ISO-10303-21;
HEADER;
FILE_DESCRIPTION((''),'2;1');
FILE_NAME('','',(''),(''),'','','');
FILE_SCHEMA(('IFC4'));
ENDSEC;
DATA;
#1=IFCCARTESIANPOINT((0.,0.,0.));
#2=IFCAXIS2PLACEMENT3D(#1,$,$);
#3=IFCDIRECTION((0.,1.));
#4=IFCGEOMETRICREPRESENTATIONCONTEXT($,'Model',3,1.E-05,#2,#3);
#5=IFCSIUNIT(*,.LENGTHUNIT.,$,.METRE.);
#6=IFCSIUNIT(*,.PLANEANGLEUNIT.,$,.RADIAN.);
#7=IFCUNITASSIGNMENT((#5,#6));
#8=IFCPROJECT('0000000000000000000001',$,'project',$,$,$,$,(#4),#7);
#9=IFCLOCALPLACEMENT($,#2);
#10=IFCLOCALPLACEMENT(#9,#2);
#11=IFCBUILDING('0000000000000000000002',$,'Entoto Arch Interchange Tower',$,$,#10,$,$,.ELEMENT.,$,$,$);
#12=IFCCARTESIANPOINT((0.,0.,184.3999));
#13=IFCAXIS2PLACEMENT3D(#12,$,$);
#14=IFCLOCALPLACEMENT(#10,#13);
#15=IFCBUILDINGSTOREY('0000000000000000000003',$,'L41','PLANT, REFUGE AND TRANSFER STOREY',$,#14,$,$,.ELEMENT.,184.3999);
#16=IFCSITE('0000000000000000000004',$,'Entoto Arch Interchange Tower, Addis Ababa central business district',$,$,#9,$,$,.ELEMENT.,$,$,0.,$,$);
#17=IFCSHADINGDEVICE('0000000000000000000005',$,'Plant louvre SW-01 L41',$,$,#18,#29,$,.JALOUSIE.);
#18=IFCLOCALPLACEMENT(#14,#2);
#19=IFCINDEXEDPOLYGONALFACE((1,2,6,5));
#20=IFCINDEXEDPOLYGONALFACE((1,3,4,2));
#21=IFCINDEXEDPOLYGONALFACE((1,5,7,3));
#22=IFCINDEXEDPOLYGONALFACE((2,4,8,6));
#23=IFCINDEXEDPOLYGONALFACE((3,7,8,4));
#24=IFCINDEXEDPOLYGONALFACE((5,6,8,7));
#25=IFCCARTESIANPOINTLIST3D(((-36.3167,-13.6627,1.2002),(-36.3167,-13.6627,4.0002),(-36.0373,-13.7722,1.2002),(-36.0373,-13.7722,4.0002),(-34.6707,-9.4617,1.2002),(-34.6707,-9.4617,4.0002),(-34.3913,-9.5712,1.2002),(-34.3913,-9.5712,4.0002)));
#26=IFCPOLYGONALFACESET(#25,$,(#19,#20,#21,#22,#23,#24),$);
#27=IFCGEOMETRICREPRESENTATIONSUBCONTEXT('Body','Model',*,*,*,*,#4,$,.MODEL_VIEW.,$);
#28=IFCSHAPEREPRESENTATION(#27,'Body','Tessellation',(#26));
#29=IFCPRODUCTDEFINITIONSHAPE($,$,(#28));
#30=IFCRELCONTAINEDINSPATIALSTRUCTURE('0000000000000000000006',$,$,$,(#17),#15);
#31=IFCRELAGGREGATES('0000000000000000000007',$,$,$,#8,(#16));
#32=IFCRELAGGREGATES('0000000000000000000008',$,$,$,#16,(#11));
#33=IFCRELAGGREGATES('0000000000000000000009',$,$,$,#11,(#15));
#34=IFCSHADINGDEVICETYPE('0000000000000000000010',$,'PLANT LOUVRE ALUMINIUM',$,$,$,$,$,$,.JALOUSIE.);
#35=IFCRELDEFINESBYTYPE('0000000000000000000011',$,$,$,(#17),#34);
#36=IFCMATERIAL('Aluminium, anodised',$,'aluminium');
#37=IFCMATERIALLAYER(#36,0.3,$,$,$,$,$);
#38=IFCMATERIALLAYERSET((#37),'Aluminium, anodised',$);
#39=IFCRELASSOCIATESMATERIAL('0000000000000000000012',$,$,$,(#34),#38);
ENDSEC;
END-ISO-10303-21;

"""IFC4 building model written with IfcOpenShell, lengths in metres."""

from ifc_helpers import new_model, si_unit, direction, frame, origin, origin_2d, place, context, subcontext, project, spatial, rectangle, extrude, material, layer, layer_set, type_object, element, save


model = new_model("IFC4")

# Units and contexts
model_context = context("Model", 3, precision=1e-05, world=origin(), true_north=direction((0.0, 1.0)))
body_context = subcontext(model_context, "Body", "Model", "MODEL_VIEW")
ifc_project = project(units=[si_unit("LENGTHUNIT", "METRE"), si_unit("PLANEANGLEUNIT", "RADIAN")], contexts=[model_context])

# Site, building, storey
site_placement = place(None, origin())
site = spatial("IfcSite", under=ifc_project, at=site_placement, Name="Entoto Arch Interchange Tower, Addis Ababa central business district", CompositionType="ELEMENT", RefElevation=0.0)
building_placement = place(site_placement, origin())
building = spatial("IfcBuilding", under=site, at=building_placement, Name="Entoto Arch Interchange Tower", CompositionType="ELEMENT")
storey_placement = place(building_placement, frame((0.0, 0.0, 184.3999)))
storey = spatial("IfcBuildingStorey", under=building, at=storey_placement, Name="L41", Description="PLANT, REFUGE AND TRANSFER STOREY", CompositionType="ELEMENT", Elevation=184.3999)

# Shading device
ifc_material_1 = material(Name="Aluminium, anodised", Category="aluminium")
ifc_layer_1 = layer(ifc_material_1, 0.3)
ifc_layer_set_1 = layer_set([ifc_layer_1], Name="Aluminium, anodised")
shading_device_type = type_object("IfcShadingDeviceType", Name="PLANT LOUVRE ALUMINIUM", PredefinedType="JALOUSIE", material=ifc_layer_set_1)
shading_device_1_placement = place(storey_placement, frame((-35.354, -11.6169, 1.2002), z_axis=(0.0, 0.0, 1.0), x_axis=(-0.364812, -0.931081, 0.0)))
element("IfcShadingDevice", 1, at=shading_device_1_placement, inside=storey, type_object=shading_device_type, Name="Plant louvre SW-01 L41", PredefinedType="JALOUSIE", context=body_context, shape_type="SweptSolid", body=[
    extrude(rectangle(XDim=4.512, YDim=0.3, at=origin_2d()), origin(), (0.0, 0.0, 1.0), 2.8),
])

save(model, "model.ifc")
